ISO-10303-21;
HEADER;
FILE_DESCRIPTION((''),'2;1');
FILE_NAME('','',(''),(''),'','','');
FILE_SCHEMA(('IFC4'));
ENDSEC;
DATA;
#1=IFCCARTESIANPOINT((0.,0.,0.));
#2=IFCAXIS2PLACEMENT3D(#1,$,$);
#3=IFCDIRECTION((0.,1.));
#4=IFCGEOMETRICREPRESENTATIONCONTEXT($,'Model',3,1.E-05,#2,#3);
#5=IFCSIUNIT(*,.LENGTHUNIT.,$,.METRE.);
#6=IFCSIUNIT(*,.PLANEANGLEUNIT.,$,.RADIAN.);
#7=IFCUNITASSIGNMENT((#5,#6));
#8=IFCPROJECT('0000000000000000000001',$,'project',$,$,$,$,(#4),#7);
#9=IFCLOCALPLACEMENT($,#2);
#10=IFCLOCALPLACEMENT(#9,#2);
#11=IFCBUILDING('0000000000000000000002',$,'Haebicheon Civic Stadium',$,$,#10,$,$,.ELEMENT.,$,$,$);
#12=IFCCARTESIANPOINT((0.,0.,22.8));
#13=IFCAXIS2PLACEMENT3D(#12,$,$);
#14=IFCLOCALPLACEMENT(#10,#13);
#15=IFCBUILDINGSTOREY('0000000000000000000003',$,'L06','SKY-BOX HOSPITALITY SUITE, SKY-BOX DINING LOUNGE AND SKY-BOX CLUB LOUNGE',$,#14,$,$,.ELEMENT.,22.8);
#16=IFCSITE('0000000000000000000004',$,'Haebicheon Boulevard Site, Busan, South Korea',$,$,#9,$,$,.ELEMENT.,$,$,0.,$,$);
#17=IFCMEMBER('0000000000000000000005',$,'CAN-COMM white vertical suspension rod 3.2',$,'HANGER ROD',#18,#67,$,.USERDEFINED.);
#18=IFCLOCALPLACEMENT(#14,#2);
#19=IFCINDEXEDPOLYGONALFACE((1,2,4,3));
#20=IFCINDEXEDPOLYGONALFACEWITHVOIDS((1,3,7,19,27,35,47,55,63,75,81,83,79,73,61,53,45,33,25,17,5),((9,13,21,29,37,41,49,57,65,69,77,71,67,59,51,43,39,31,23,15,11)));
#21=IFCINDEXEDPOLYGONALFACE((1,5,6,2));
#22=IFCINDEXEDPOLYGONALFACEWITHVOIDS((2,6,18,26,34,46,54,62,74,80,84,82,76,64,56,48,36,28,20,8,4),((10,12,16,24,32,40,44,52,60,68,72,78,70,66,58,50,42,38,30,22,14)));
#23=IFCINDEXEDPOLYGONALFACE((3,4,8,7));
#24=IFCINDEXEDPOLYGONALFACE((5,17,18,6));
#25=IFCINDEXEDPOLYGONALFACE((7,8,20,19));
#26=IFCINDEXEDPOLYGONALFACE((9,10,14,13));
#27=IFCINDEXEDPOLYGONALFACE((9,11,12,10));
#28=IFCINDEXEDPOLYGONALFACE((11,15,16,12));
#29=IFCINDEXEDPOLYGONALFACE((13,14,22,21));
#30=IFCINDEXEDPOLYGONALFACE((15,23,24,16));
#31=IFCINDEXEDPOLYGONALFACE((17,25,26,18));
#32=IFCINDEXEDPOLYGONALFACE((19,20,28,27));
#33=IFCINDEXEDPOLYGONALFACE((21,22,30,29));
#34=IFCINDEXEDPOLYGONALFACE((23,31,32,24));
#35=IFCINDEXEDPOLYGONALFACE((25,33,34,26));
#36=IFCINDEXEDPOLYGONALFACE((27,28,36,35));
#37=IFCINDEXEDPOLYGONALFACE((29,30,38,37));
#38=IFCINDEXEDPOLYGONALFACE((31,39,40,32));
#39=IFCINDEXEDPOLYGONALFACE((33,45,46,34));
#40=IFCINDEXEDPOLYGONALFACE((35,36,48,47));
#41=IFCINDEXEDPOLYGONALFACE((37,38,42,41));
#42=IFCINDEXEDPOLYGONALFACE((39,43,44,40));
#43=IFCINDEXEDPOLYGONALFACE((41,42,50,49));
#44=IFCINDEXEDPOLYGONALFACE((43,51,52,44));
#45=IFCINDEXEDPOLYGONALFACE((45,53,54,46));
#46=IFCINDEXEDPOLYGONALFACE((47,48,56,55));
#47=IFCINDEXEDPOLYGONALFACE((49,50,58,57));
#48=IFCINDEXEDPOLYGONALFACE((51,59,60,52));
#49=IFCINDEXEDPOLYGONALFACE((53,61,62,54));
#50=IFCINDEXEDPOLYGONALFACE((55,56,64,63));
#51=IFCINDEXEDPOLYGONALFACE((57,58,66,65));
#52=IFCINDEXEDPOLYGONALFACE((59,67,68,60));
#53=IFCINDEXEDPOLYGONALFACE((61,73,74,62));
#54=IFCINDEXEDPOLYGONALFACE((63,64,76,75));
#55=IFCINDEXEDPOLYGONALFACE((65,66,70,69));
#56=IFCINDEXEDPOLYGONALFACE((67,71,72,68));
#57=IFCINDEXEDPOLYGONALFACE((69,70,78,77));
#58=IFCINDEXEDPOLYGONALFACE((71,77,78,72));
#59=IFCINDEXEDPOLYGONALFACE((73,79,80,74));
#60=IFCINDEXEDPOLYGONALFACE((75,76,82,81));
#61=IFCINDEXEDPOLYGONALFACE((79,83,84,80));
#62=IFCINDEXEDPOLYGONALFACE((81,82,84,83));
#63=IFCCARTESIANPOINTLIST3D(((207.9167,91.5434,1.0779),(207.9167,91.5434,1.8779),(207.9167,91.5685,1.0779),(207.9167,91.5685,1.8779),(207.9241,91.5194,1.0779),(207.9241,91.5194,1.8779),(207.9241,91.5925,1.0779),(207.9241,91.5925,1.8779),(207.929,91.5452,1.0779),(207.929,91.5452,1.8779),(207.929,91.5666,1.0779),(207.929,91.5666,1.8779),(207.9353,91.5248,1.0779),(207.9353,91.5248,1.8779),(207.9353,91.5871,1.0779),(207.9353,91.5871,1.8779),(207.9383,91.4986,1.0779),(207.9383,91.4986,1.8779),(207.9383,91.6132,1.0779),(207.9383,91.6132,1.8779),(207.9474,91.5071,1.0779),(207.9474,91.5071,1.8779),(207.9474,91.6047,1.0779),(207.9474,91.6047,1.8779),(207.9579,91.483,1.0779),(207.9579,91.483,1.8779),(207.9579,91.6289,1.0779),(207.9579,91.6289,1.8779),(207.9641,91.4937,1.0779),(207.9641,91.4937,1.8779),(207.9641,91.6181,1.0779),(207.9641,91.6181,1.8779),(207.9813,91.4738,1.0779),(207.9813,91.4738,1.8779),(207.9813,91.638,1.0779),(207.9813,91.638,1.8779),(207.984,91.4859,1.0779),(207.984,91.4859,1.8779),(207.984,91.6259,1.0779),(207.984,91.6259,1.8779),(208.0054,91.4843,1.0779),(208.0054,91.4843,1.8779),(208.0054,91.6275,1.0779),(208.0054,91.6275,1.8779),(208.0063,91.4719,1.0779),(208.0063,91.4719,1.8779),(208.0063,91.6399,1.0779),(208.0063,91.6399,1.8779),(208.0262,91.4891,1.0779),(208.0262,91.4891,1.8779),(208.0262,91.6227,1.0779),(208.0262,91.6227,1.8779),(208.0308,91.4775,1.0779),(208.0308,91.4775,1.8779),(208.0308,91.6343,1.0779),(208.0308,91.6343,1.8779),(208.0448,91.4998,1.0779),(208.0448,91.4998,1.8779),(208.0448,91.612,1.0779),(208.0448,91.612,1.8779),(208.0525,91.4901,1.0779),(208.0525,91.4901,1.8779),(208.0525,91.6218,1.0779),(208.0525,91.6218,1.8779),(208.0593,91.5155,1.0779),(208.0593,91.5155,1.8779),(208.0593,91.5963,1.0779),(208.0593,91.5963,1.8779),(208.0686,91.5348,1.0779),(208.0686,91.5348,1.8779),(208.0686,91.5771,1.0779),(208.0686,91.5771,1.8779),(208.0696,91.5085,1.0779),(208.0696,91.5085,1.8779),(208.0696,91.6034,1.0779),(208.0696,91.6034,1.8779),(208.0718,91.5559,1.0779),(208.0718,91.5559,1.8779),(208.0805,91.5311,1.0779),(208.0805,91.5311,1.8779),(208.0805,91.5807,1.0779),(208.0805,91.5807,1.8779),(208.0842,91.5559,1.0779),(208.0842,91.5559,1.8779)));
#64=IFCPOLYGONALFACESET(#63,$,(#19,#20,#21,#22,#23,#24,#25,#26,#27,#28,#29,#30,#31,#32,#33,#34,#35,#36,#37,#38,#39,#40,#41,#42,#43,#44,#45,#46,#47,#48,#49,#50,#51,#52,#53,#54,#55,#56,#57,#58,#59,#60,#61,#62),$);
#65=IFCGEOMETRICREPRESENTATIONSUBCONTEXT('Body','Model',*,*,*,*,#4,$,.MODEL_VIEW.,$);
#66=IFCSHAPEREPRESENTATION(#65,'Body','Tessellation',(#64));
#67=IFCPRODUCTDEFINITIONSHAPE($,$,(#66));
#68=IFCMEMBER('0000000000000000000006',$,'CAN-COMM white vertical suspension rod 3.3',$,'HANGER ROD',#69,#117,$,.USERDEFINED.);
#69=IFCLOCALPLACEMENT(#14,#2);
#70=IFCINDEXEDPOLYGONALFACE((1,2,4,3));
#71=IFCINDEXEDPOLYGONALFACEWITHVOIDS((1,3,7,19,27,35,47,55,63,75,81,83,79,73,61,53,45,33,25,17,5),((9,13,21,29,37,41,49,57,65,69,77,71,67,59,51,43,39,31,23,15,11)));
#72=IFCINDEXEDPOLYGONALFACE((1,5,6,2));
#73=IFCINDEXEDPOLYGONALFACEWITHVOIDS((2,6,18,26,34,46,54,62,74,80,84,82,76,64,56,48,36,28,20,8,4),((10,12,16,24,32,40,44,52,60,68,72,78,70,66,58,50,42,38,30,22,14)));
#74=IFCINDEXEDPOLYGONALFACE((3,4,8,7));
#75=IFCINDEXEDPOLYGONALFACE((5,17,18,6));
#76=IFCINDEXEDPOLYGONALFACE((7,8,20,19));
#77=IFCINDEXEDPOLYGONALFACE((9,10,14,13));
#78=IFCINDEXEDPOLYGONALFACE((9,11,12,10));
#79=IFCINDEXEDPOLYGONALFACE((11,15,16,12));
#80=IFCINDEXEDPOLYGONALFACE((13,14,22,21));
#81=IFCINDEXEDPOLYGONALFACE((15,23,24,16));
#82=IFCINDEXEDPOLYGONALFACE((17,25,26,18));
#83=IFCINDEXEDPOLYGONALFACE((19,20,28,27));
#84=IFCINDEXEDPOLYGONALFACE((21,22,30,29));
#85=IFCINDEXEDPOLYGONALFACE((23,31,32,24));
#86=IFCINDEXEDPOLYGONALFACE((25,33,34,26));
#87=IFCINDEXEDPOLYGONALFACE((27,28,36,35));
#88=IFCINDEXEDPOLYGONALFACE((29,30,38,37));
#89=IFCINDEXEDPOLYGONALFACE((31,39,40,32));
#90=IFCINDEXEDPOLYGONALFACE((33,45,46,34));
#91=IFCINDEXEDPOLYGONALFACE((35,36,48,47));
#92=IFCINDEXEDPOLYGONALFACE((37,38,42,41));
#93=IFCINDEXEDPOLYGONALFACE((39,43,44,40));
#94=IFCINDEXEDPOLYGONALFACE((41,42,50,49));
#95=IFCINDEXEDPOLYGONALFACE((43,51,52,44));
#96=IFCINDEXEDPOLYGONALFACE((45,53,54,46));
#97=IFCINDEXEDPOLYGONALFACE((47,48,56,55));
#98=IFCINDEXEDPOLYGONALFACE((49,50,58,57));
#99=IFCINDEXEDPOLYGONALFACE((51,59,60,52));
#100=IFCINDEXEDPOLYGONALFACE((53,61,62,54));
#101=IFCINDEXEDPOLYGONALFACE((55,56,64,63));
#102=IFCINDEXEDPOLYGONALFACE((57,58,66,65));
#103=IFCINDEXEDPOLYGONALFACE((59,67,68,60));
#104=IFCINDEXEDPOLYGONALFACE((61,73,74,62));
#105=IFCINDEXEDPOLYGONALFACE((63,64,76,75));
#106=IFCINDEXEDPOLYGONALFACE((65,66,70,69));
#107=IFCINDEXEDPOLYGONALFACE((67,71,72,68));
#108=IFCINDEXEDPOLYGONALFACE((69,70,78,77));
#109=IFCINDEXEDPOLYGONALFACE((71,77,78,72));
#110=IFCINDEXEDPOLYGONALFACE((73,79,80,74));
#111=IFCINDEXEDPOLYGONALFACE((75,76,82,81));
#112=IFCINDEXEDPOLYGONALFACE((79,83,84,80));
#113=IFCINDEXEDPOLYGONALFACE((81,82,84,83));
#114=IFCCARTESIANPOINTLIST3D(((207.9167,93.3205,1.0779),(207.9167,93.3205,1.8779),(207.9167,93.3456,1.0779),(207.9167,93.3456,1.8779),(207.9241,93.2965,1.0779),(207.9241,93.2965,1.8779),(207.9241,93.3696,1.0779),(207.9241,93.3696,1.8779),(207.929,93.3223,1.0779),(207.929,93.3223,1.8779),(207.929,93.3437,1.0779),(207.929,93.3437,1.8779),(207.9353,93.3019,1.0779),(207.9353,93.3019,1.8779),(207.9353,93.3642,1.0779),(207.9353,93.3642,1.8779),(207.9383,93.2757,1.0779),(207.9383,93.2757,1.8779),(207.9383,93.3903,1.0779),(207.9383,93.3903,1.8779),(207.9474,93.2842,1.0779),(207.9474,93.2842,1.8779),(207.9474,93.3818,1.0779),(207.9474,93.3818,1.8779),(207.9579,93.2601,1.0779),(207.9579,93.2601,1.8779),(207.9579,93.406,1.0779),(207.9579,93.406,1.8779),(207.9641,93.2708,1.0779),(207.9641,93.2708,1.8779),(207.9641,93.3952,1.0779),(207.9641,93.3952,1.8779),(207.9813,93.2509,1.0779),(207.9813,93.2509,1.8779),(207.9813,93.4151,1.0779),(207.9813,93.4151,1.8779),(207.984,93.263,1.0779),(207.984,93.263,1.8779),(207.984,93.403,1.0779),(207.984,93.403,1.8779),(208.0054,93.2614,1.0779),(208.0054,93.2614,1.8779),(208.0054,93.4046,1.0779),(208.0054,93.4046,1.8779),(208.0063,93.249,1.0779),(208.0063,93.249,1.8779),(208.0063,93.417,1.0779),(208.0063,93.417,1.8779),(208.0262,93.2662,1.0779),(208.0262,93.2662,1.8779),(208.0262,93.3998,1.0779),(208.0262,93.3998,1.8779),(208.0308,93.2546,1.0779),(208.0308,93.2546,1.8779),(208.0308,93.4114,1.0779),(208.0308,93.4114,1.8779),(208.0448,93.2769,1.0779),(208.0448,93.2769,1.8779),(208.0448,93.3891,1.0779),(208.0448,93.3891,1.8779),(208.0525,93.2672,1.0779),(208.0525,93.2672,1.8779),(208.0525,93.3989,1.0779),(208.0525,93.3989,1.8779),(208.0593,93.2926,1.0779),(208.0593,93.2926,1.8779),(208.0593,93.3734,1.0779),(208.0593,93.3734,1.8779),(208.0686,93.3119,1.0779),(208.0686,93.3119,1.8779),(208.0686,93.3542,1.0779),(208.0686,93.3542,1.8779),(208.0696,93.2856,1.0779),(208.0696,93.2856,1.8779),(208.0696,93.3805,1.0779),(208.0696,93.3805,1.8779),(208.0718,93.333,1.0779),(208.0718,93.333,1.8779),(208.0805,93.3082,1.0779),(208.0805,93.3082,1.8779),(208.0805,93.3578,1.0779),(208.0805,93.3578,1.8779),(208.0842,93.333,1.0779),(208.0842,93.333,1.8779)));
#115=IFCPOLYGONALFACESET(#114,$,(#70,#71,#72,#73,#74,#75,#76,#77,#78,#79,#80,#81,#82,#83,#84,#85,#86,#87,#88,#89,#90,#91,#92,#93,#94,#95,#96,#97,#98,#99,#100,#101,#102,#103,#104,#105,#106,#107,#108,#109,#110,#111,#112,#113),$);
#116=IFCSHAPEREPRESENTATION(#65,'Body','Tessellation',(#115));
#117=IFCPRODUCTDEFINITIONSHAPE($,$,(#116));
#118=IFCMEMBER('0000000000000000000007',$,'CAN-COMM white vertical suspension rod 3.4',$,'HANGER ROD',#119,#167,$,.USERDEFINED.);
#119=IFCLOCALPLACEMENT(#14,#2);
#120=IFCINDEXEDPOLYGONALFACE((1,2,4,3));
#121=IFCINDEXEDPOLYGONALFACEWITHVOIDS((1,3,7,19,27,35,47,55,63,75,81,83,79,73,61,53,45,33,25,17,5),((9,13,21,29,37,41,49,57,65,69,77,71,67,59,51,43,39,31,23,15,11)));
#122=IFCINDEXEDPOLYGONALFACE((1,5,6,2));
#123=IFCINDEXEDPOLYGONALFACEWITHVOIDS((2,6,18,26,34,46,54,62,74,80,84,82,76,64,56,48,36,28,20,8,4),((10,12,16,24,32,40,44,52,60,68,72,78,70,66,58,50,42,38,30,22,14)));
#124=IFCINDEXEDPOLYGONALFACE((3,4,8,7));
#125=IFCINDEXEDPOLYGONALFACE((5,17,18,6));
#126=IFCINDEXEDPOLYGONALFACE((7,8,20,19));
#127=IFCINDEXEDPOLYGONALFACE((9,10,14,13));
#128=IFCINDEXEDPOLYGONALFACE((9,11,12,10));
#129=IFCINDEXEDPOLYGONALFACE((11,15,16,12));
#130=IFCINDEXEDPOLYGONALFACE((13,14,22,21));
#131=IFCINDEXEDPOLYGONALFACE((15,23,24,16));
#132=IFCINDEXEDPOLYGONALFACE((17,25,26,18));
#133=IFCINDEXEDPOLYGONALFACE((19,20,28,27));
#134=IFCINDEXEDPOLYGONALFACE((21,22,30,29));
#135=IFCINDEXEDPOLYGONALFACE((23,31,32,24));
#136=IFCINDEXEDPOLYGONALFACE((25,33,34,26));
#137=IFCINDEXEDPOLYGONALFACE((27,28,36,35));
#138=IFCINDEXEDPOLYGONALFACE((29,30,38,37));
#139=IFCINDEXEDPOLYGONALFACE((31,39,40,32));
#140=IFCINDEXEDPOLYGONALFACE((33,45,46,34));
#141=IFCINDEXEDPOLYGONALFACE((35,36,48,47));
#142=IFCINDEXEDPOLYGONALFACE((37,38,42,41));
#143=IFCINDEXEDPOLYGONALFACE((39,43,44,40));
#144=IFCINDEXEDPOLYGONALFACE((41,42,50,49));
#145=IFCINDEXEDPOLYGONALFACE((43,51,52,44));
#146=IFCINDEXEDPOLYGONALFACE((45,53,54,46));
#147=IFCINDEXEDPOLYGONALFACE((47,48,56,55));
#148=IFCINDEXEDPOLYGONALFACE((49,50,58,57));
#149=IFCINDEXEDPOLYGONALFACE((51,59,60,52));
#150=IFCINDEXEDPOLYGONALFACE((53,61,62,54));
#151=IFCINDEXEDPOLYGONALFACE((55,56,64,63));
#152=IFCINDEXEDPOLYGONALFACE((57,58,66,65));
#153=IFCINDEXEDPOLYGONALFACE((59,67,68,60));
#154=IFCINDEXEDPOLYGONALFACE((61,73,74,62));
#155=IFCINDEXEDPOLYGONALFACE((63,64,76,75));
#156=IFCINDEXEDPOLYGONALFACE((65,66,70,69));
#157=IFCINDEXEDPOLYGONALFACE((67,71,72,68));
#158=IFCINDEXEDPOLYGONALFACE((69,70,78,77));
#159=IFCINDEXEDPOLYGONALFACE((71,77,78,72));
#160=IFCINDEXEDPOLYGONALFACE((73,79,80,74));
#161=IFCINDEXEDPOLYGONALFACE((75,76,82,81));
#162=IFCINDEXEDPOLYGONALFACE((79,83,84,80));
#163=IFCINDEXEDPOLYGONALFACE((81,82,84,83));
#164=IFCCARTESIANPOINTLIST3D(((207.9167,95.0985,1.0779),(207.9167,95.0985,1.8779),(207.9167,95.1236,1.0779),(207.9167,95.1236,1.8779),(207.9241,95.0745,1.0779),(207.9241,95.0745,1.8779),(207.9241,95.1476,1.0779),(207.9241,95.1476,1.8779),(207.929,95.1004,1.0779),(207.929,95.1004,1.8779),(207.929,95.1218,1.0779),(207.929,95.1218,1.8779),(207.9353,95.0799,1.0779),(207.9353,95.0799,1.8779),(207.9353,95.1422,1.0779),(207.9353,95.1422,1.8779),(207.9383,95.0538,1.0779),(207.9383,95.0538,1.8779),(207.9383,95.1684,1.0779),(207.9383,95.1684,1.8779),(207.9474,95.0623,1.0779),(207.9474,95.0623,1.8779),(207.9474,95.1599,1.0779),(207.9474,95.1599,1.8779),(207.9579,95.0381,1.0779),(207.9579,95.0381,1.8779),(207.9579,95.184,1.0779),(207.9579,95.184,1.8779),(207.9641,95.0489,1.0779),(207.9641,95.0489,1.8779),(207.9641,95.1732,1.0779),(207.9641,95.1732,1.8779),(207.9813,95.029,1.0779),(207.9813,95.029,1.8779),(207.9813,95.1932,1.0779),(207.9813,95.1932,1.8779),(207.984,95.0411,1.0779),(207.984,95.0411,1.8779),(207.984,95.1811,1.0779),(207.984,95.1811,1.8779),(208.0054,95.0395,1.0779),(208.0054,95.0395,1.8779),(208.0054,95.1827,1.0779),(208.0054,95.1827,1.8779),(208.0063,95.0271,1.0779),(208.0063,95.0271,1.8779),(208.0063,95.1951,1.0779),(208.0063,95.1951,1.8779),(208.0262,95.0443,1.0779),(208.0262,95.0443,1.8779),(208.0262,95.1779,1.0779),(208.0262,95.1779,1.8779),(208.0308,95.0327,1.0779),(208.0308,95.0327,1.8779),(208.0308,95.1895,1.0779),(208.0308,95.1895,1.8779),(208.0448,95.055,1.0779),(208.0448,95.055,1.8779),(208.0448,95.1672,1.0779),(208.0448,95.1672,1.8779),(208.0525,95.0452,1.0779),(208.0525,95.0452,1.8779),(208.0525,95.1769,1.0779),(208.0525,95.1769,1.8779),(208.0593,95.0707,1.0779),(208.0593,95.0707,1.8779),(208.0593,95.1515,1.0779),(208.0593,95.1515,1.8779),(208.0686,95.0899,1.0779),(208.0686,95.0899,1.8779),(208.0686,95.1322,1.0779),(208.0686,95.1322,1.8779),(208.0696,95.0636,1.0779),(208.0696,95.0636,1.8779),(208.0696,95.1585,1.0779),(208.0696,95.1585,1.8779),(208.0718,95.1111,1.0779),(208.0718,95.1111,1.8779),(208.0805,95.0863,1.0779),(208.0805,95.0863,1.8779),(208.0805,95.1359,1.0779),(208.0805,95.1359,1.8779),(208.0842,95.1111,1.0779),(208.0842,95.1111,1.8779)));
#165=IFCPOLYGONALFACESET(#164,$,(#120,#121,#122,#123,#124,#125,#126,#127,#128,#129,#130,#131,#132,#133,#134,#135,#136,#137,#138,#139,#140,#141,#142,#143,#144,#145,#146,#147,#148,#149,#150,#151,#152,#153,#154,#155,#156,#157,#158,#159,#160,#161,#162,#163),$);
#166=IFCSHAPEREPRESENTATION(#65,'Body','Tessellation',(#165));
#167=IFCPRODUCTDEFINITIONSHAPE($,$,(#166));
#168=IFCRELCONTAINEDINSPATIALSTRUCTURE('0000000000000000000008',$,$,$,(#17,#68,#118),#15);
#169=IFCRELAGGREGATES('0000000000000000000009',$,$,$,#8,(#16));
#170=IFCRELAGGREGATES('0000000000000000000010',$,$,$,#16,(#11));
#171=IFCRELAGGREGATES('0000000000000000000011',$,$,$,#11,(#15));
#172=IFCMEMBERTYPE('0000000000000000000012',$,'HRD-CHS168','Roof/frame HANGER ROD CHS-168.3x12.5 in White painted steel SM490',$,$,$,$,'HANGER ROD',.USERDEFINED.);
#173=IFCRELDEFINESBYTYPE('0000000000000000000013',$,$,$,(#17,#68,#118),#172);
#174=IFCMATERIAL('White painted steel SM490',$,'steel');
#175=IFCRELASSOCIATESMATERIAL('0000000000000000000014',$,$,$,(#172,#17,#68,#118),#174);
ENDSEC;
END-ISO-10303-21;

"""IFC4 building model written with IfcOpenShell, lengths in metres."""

from ifc_helpers import new_model, si_unit, direction, frame, origin, origin_2d, place, context, subcontext, project, spatial, hollow_circle, extrude, material, material_profile, profile_set, type_object, element, save


model = new_model("IFC4")

# Units and contexts
model_context = context("Model", 3, precision=1e-05, world=origin(), true_north=direction((0.0, 1.0)))
body_context = subcontext(model_context, "Body", "Model", "MODEL_VIEW")
ifc_project = project(units=[si_unit("LENGTHUNIT", "METRE"), si_unit("PLANEANGLEUNIT", "RADIAN")], contexts=[model_context])

# Site, building, storey
site_placement = place(None, origin())
site = spatial("IfcSite", under=ifc_project, at=site_placement, Name="Haebicheon Boulevard Site, Busan, South Korea", CompositionType="ELEMENT", RefElevation=0.0)
building_placement = place(site_placement, origin())
building = spatial("IfcBuilding", under=site, at=building_placement, Name="Haebicheon Civic Stadium", CompositionType="ELEMENT")
storey_placement = place(building_placement, frame((0.0, 0.0, 22.8)))
storey = spatial("IfcBuildingStorey", under=building, at=storey_placement, Name="L06", Description="SKY-BOX HOSPITALITY SUITE, SKY-BOX DINING LOUNGE AND SKY-BOX CLUB LOUNGE", CompositionType="ELEMENT", Elevation=22.8)

# Members
ifc_material_1 = material(Name="White painted steel SM490", Category="steel")
ifc_material_profile_1 = material_profile(ifc_material_1, hollow_circle(Radius=0.0842, WallThickness=0.0125, at=origin_2d()), Name="CHS-168.3x12.5")
ifc_profile_set_1 = profile_set([ifc_material_profile_1], Name="White painted steel SM490")
member_type_1 = type_object("IfcMemberType", Name="HRD-CHS168", Description="Roof/frame HANGER ROD CHS-168.3x12.5 in White painted steel SM490", ElementType="HANGER ROD", PredefinedType="USERDEFINED", material=ifc_profile_set_1)
for number, where, z_axis, x_axis, name in (
    (1, (208.0, 91.5559, 1.0779), (0.0, 0.0, 1.0), (1.0, 0.0, 0.0), "CAN-COMM white vertical suspension rod 3.2"),
    (2, (208.0, 93.333, 1.0779), (0.0, 0.0, 1.0), (1.0, 0.0, 0.0), "CAN-COMM white vertical suspension rod 3.3"),
    (3, (208.0, 95.1111, 1.0779), (0.0, 0.0, 1.0), (1.0, 0.0, 0.0), "CAN-COMM white vertical suspension rod 3.4"),
):
    element("IfcMember", number, at=place(storey_placement, frame(where, z_axis=z_axis, x_axis=x_axis)), inside=storey, type_object=member_type_1, material=ifc_profile_set_1, Name=name, ObjectType="HANGER ROD", PredefinedType="USERDEFINED", context=body_context, shape_type="SweptSolid", body=[
        extrude(hollow_circle(Radius=0.0842, WallThickness=0.0125, at=origin_2d()), origin(), (0.0, 0.0, 1.0), 0.8),
    ])

save(model, "model.ifc")
